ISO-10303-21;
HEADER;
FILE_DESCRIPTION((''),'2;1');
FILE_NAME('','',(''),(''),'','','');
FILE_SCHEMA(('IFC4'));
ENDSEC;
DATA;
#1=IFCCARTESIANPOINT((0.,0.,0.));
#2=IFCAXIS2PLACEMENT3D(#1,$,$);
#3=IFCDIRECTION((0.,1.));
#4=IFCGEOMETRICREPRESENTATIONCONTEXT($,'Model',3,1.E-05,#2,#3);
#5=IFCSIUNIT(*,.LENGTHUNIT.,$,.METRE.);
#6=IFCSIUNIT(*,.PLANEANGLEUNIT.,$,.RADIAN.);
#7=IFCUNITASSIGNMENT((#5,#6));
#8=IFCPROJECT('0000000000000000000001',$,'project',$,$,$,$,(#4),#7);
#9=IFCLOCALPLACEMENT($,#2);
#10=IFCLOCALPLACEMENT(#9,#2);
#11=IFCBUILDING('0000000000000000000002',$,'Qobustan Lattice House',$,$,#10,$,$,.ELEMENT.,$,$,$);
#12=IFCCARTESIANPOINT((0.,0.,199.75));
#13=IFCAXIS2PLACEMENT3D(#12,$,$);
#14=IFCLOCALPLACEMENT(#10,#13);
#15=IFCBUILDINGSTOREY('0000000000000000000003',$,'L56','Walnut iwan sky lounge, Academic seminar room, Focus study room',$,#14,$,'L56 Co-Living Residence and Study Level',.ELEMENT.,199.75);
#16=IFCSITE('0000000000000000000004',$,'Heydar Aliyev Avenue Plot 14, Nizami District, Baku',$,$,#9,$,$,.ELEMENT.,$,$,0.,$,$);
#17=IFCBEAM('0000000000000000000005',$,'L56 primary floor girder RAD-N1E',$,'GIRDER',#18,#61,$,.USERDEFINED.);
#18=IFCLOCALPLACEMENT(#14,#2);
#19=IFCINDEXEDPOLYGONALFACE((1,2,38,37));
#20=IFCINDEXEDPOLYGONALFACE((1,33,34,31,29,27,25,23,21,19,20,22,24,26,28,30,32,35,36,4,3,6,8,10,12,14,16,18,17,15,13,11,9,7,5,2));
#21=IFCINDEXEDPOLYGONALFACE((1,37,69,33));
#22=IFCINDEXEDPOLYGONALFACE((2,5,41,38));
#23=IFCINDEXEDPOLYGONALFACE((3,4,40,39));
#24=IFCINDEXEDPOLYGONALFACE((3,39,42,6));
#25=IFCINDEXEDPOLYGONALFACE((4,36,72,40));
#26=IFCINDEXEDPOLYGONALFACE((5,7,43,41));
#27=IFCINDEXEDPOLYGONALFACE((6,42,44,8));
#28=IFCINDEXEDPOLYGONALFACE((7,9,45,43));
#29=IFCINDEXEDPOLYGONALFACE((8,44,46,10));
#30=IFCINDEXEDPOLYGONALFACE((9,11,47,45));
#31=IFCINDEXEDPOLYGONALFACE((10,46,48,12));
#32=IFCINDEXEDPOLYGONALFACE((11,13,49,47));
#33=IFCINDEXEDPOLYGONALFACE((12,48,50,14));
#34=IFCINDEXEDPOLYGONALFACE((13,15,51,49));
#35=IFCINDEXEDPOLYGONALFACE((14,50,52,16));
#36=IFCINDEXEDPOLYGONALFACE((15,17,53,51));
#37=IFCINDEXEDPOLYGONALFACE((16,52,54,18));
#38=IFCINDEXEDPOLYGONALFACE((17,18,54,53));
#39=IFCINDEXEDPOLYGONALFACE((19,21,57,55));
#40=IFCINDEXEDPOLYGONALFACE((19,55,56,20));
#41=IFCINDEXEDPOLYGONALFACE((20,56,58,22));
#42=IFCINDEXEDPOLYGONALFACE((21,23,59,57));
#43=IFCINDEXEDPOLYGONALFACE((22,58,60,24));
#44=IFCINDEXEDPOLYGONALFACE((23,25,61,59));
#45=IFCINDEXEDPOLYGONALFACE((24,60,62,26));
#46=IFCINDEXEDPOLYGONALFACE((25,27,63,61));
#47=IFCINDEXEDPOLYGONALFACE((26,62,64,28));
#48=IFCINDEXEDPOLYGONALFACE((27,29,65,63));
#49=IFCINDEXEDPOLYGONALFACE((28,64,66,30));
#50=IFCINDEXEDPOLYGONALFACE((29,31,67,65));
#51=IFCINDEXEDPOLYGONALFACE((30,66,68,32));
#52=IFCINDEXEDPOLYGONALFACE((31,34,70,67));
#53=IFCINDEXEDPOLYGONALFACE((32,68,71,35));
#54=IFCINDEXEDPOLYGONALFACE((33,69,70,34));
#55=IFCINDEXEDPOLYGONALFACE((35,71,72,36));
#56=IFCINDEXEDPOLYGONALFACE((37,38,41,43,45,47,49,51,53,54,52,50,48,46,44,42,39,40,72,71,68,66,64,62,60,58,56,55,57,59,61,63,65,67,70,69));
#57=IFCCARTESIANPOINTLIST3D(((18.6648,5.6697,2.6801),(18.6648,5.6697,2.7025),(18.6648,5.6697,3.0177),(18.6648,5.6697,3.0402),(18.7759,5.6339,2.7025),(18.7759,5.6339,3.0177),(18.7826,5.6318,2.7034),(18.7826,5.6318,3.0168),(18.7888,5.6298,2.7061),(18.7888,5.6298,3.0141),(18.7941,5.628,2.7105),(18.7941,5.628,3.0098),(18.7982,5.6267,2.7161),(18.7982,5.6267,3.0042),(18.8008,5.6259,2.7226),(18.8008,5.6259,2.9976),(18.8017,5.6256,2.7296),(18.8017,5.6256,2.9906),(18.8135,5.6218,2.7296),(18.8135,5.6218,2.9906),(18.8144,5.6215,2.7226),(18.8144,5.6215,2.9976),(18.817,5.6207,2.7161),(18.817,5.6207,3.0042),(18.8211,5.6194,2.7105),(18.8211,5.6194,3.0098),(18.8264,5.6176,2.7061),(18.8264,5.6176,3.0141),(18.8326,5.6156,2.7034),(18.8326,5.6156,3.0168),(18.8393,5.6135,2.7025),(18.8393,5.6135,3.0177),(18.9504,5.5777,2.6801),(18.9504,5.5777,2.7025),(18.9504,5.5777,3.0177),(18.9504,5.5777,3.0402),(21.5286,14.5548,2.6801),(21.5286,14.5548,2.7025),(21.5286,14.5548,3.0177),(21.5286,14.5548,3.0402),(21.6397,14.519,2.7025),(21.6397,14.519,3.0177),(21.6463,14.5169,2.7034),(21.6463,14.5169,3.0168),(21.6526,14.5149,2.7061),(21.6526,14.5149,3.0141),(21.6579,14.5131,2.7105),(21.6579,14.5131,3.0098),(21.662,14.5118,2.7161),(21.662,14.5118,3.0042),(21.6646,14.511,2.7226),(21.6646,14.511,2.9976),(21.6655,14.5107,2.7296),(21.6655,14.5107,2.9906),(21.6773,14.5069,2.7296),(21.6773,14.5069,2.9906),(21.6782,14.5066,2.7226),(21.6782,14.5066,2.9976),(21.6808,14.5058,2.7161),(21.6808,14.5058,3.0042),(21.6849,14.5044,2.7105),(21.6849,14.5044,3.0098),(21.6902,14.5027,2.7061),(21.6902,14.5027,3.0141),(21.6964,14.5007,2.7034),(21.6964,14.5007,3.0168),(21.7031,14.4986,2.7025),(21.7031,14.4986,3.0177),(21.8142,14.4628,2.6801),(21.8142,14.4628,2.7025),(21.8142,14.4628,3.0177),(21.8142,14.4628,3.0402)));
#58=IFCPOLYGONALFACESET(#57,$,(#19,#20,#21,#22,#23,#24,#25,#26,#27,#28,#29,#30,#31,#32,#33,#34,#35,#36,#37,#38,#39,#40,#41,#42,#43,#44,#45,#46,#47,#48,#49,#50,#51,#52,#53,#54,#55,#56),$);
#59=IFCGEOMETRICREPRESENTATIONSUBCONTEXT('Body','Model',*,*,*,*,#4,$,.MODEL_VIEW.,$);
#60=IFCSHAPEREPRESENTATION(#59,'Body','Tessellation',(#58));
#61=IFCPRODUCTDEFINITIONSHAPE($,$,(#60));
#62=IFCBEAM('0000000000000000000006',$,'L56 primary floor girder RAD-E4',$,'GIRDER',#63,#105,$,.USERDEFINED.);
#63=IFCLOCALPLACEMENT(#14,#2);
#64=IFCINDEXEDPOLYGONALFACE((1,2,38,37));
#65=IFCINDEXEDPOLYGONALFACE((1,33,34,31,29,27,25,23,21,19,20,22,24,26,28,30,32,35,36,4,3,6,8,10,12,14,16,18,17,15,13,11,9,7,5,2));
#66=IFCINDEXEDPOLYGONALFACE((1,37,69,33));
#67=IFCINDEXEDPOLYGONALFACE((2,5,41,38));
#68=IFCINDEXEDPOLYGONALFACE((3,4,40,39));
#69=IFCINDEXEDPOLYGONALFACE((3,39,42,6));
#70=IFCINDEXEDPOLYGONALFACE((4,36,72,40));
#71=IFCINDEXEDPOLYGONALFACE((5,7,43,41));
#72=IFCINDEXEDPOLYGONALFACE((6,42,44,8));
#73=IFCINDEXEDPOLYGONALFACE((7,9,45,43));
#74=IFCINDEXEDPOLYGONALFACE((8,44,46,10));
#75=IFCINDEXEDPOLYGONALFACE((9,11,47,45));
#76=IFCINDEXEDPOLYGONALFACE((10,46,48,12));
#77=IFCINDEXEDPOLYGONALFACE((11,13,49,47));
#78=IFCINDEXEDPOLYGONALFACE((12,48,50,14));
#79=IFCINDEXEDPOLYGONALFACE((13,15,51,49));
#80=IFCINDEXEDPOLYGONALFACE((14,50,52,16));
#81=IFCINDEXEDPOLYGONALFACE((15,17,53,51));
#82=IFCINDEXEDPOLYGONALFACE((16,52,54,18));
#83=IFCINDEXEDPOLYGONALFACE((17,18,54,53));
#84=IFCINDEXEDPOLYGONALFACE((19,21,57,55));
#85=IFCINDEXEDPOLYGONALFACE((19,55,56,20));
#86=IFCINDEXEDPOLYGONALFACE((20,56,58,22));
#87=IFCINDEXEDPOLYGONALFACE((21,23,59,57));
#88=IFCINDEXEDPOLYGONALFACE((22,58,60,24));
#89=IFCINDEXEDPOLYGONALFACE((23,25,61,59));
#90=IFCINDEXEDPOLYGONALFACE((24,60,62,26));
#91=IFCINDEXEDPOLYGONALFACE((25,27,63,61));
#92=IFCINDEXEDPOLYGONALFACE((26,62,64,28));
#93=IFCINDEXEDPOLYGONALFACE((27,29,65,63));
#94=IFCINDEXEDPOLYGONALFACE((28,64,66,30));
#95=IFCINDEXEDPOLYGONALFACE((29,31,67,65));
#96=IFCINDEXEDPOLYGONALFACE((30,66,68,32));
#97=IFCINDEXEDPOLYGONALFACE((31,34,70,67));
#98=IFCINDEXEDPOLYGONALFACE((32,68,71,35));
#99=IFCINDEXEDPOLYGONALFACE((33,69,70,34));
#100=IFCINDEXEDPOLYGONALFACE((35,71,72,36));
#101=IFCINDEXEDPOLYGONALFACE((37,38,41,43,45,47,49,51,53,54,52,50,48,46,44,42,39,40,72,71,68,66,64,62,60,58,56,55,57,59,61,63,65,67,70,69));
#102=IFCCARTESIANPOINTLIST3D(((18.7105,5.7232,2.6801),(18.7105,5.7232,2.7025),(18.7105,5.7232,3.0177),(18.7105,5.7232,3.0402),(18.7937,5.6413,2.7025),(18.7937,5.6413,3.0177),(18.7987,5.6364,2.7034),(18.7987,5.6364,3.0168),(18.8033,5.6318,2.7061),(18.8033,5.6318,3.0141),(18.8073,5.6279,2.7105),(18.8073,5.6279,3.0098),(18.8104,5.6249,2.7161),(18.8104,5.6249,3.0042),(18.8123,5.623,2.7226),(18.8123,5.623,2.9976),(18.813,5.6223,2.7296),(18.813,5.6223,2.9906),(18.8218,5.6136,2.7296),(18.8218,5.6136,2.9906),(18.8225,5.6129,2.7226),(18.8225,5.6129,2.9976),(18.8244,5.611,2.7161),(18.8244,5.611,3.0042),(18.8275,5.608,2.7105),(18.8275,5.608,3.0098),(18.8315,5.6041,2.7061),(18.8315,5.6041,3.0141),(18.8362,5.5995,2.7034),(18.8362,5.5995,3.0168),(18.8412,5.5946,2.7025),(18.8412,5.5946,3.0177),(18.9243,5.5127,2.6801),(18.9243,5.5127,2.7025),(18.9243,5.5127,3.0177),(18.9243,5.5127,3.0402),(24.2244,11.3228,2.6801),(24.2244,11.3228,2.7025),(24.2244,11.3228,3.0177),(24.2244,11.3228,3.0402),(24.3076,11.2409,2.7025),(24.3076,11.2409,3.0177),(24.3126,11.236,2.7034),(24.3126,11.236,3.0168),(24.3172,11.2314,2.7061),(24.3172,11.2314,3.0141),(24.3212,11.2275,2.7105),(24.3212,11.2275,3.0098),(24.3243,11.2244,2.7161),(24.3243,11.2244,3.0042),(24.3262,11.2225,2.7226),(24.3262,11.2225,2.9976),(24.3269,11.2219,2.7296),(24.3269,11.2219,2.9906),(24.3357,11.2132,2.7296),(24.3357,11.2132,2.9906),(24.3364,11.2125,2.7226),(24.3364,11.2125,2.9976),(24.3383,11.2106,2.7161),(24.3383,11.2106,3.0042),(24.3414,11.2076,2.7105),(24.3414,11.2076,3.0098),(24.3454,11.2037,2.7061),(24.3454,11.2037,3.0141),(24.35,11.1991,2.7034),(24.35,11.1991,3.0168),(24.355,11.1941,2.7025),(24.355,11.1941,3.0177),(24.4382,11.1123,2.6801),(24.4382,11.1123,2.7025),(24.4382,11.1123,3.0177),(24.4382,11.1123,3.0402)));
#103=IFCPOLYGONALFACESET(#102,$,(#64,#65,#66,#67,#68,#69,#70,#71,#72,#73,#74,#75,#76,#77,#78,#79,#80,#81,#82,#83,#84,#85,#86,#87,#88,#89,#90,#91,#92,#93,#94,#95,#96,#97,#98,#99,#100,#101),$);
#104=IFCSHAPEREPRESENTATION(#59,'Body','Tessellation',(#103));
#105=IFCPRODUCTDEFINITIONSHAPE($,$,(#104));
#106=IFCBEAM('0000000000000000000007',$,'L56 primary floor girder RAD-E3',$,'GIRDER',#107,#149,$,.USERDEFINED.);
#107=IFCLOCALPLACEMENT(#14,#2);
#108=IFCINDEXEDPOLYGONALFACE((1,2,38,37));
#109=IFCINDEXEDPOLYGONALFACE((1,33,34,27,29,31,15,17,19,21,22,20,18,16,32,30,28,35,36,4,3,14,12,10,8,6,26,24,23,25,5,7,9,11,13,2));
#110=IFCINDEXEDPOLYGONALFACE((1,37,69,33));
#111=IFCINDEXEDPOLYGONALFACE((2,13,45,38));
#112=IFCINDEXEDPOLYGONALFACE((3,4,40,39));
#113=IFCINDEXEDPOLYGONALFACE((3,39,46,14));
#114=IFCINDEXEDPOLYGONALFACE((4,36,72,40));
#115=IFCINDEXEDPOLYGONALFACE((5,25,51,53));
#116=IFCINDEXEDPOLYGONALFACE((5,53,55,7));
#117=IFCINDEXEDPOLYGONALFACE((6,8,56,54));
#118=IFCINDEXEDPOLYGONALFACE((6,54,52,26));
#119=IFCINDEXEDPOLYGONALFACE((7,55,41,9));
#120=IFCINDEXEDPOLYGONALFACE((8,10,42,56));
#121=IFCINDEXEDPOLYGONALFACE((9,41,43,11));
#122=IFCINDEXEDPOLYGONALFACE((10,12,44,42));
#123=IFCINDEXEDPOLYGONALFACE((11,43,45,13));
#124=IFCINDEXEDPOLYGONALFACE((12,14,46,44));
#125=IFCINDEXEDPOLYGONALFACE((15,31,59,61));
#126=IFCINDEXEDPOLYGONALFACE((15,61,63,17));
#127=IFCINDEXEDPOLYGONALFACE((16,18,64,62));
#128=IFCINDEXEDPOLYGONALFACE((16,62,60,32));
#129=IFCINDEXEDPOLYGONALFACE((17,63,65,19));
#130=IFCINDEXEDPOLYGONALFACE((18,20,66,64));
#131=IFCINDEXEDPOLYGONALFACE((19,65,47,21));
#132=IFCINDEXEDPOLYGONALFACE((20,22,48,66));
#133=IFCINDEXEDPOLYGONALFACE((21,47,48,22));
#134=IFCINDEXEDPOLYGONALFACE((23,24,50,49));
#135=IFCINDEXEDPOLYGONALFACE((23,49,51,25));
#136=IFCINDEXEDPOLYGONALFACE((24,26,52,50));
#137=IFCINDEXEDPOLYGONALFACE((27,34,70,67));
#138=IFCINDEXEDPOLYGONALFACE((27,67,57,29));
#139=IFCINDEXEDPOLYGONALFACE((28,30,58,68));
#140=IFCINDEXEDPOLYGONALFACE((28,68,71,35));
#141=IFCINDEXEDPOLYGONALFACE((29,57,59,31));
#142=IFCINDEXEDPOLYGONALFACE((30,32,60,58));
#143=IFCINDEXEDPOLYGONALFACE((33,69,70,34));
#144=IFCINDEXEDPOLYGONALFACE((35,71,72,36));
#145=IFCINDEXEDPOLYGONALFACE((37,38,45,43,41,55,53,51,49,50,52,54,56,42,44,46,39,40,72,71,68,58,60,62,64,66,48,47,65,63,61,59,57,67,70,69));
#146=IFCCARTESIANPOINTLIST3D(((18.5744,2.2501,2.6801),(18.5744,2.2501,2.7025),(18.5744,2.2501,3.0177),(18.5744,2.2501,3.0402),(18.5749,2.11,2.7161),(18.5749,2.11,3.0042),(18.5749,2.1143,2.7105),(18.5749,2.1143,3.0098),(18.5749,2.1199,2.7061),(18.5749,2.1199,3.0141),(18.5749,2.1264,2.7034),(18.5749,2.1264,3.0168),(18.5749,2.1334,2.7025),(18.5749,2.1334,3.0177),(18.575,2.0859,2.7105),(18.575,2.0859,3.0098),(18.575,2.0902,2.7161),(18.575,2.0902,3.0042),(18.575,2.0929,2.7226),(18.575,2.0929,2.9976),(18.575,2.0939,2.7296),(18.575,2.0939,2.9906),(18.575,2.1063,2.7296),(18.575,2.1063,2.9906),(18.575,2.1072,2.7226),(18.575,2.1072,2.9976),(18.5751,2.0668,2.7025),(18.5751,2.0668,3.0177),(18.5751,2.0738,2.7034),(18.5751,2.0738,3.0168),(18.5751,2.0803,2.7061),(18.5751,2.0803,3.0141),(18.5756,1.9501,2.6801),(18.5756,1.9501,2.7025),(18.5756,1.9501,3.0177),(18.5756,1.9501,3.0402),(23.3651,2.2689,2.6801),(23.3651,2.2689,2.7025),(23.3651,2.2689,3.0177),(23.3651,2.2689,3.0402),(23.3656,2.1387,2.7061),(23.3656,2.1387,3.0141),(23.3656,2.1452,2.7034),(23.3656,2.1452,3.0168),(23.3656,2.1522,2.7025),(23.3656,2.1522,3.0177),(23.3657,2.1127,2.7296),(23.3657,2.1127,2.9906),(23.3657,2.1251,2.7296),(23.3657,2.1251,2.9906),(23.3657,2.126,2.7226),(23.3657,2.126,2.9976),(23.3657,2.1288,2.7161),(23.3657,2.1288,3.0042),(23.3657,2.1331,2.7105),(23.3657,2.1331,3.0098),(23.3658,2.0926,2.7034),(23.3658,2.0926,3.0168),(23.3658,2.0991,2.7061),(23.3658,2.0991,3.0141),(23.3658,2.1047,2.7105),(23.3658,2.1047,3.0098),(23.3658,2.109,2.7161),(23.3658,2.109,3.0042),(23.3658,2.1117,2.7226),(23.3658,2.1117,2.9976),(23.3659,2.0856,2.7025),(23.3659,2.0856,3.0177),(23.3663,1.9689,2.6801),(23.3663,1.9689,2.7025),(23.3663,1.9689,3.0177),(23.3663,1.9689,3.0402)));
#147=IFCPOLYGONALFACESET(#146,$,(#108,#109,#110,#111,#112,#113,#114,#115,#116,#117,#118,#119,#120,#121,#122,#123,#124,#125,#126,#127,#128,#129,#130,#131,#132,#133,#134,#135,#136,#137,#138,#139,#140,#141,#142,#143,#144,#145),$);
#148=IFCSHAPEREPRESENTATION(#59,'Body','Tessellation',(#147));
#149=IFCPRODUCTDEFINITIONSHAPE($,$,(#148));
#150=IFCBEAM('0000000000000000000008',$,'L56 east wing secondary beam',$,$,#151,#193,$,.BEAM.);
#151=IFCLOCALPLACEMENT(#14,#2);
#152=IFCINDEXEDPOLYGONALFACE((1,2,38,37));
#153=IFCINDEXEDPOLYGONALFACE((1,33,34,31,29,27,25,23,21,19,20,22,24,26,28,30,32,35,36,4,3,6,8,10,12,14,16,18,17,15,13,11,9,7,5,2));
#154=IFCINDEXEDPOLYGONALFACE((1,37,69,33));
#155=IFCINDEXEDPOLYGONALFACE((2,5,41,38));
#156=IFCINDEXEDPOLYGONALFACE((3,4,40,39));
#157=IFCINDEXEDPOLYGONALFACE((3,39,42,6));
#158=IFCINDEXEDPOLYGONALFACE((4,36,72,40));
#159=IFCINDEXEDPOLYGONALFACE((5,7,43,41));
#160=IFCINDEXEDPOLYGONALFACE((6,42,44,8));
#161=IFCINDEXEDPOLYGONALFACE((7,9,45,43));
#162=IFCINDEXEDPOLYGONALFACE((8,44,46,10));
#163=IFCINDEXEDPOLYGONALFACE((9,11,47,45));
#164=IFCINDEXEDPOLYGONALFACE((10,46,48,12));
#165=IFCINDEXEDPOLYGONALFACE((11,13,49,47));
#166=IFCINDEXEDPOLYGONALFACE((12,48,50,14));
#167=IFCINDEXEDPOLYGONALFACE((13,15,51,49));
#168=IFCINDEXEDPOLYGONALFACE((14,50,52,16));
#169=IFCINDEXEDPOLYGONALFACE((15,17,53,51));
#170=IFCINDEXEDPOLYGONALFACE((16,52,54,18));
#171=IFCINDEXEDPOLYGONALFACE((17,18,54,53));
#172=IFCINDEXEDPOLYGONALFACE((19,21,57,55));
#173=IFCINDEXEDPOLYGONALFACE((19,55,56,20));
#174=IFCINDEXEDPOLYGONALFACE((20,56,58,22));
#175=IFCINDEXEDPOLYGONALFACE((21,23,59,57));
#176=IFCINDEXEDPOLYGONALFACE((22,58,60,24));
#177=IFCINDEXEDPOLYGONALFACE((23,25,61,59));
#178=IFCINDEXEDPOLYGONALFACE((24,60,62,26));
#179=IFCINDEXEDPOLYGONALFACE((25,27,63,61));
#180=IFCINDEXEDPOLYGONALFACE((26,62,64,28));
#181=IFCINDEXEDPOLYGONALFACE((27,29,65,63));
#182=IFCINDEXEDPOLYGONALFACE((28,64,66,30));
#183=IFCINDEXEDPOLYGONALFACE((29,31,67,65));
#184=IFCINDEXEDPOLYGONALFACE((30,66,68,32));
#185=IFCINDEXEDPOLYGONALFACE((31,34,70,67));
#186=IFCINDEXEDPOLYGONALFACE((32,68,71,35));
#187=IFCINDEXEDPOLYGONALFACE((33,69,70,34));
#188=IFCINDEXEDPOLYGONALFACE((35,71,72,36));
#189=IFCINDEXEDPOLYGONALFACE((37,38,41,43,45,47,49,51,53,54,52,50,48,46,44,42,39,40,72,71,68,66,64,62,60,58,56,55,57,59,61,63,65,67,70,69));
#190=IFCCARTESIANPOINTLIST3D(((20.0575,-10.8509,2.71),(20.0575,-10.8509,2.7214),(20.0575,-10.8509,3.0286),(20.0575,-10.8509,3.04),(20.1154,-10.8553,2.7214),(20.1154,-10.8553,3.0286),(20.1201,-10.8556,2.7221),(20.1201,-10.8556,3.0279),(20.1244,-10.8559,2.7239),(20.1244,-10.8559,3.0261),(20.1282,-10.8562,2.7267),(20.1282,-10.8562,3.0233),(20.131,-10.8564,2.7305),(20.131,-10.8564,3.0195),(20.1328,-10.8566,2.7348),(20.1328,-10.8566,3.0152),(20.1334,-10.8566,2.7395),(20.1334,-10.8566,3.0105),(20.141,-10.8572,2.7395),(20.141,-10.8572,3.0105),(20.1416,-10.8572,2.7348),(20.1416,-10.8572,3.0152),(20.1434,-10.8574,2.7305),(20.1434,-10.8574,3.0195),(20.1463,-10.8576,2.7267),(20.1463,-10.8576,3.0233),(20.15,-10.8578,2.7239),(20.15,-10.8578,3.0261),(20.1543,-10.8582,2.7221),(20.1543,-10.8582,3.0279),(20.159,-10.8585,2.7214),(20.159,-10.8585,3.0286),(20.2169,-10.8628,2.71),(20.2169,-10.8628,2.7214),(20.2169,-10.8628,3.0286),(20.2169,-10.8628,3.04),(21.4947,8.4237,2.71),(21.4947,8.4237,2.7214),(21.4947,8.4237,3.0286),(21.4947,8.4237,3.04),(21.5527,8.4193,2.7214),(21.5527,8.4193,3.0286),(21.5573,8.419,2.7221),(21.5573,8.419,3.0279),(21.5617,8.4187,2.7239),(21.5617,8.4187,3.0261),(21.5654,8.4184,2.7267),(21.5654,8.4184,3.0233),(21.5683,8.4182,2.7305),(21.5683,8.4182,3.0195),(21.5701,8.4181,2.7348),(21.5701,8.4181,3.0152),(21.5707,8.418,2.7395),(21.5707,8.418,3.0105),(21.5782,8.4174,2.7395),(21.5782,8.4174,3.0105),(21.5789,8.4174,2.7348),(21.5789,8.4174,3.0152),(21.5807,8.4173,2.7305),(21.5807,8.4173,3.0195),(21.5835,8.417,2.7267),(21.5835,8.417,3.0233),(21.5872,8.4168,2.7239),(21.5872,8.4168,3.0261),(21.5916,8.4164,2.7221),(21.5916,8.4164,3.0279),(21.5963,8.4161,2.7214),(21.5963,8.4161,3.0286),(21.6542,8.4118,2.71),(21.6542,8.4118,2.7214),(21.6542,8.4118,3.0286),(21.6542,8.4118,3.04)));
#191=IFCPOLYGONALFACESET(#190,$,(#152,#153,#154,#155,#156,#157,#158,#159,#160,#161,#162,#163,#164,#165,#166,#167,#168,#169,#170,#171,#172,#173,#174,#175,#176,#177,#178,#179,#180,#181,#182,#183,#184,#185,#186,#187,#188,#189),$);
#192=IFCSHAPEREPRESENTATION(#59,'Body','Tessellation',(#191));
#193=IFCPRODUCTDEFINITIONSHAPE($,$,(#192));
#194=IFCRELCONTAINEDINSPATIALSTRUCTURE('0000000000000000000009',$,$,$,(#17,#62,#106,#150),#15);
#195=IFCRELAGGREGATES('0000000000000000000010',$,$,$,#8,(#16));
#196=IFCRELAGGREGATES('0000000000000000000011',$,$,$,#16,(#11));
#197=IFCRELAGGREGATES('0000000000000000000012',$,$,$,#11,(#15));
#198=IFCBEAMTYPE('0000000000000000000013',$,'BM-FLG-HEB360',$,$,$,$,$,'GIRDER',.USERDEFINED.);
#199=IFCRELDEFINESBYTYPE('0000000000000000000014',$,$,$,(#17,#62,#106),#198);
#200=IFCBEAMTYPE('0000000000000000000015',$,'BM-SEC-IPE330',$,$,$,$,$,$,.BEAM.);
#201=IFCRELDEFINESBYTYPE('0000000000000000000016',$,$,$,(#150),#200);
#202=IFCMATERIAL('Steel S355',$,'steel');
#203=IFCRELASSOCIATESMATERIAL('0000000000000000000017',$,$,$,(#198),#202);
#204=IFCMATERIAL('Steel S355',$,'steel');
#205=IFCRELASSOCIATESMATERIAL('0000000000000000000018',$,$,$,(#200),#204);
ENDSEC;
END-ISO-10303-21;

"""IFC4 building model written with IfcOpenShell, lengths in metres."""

from ifc_helpers import new_model, si_unit, direction, frame, origin, origin_2d, place, context, subcontext, project, spatial, i_section, extrude, material, material_profile, profile_set, type_object, element, save


model = new_model("IFC4")

# Units and contexts
model_context = context("Model", 3, precision=1e-05, world=origin(), true_north=direction((0.0, 1.0)))
body_context = subcontext(model_context, "Body", "Model", "MODEL_VIEW")
ifc_project = project(units=[si_unit("LENGTHUNIT", "METRE"), si_unit("PLANEANGLEUNIT", "RADIAN")], contexts=[model_context])

# Site, building, storey
site_placement = place(None, origin())
site = spatial("IfcSite", under=ifc_project, at=site_placement, Name="Heydar Aliyev Avenue Plot 14, Nizami District, Baku", CompositionType="ELEMENT", RefElevation=0.0)
building_placement = place(site_placement, origin())
building = spatial("IfcBuilding", under=site, at=building_placement, Name="Qobustan Lattice House", CompositionType="ELEMENT")
storey_placement = place(building_placement, frame((0.0, 0.0, 199.75)))
storey = spatial("IfcBuildingStorey", under=building, at=storey_placement, Name="L56", Description="Walnut iwan sky lounge, Academic seminar room, Focus study room", LongName="L56 Co-Living Residence and Study Level", CompositionType="ELEMENT", Elevation=199.75)

# Beams
ifc_material_1 = material(Name="Steel S355", Category="steel")
ifc_material_profile_1 = material_profile(ifc_material_1, i_section(OverallWidth=0.3, OverallDepth=0.3601, WebThickness=0.0125, FlangeThickness=0.0225, FilletRadius=0.0271, at=origin_2d()), Name="HEB360")
ifc_profile_set_1 = profile_set([ifc_material_profile_1], Name="Steel S355")
beam_type_1 = type_object("IfcBeamType", Name="BM-FLG-HEB360", ElementType="GIRDER", PredefinedType="USERDEFINED", material=ifc_profile_set_1)
beam_1_placement = place(storey_placement, frame((21.6714, 14.5088, 2.8601), z_axis=(-0.306774, -0.951783, 0.0), x_axis=(0.951783, -0.306774, 0.0)))
element("IfcBeam", 1, at=beam_1_placement, inside=storey, type_object=beam_type_1, Name="L56 primary floor girder RAD-N1E", ObjectType="GIRDER", PredefinedType="USERDEFINED", context=body_context, shape_type="SweptSolid", body=[
    extrude(i_section(OverallWidth=0.3, OverallDepth=0.3601, WebThickness=0.0125, FlangeThickness=0.0225, FilletRadius=0.0271, at=origin_2d()), origin(), (0.0, 0.0, 1.0), 9.3352),
])
beam_2_placement = place(storey_placement, frame((24.3313, 11.2175, 2.8601), z_axis=(-0.701634, -0.712538, 0.0), x_axis=(0.712538, -0.701634, 0.0)))
element("IfcBeam", 2, at=beam_2_placement, inside=storey, type_object=beam_type_1, Name="L56 primary floor girder RAD-E4", ObjectType="GIRDER", PredefinedType="USERDEFINED", context=body_context, shape_type="SweptSolid", body=[
    extrude(i_section(OverallWidth=0.3, OverallDepth=0.3601, WebThickness=0.0125, FlangeThickness=0.0225, FilletRadius=0.0271, at=origin_2d()), origin(), (0.0, 0.0, 1.0), 7.8586),
])
beam_3_placement = place(storey_placement, frame((23.3657, 2.1189, 2.8601), z_axis=(-0.999992, -0.003924, 0.0), x_axis=(0.003924, -0.999992, 0.0)))
element("IfcBeam", 3, at=beam_3_placement, inside=storey, type_object=beam_type_1, Name="L56 primary floor girder RAD-E3", ObjectType="GIRDER", PredefinedType="USERDEFINED", context=body_context, shape_type="SweptSolid", body=[
    extrude(i_section(OverallWidth=0.3, OverallDepth=0.3601, WebThickness=0.0125, FlangeThickness=0.0225, FilletRadius=0.0271, at=origin_2d()), origin(), (0.0, 0.0, 1.0), 4.7908),
])
ifc_material_2 = material(Name="Steel S355", Category="steel")
ifc_material_profile_2 = material_profile(ifc_material_2, i_section(OverallWidth=0.1599, OverallDepth=0.3301, WebThickness=0.0076, FlangeThickness=0.0115, FilletRadius=0.0181, at=origin_2d()), Name="IPE330")
ifc_profile_set_2 = profile_set([ifc_material_profile_2], Name="Steel S355")
beam_type_2 = type_object("IfcBeamType", Name="BM-SEC-IPE330", PredefinedType="BEAM", material=ifc_profile_set_2)
beam_4_placement = place(storey_placement, frame((21.5745, 8.4177, 2.875), z_axis=(-0.074361, -0.997231, 0.0), x_axis=(0.997231, -0.074361, 0.0)))
element("IfcBeam", 4, at=beam_4_placement, inside=storey, type_object=beam_type_2, Name="L56 east wing secondary beam", PredefinedType="BEAM", context=body_context, shape_type="SweptSolid", body=[
    extrude(i_section(OverallWidth=0.1599, OverallDepth=0.3301, WebThickness=0.0076, FlangeThickness=0.0115, FilletRadius=0.0181, at=origin_2d()), origin(), (0.0, 0.0, 1.0), 19.3281),
])

save(model, "model.ifc")
